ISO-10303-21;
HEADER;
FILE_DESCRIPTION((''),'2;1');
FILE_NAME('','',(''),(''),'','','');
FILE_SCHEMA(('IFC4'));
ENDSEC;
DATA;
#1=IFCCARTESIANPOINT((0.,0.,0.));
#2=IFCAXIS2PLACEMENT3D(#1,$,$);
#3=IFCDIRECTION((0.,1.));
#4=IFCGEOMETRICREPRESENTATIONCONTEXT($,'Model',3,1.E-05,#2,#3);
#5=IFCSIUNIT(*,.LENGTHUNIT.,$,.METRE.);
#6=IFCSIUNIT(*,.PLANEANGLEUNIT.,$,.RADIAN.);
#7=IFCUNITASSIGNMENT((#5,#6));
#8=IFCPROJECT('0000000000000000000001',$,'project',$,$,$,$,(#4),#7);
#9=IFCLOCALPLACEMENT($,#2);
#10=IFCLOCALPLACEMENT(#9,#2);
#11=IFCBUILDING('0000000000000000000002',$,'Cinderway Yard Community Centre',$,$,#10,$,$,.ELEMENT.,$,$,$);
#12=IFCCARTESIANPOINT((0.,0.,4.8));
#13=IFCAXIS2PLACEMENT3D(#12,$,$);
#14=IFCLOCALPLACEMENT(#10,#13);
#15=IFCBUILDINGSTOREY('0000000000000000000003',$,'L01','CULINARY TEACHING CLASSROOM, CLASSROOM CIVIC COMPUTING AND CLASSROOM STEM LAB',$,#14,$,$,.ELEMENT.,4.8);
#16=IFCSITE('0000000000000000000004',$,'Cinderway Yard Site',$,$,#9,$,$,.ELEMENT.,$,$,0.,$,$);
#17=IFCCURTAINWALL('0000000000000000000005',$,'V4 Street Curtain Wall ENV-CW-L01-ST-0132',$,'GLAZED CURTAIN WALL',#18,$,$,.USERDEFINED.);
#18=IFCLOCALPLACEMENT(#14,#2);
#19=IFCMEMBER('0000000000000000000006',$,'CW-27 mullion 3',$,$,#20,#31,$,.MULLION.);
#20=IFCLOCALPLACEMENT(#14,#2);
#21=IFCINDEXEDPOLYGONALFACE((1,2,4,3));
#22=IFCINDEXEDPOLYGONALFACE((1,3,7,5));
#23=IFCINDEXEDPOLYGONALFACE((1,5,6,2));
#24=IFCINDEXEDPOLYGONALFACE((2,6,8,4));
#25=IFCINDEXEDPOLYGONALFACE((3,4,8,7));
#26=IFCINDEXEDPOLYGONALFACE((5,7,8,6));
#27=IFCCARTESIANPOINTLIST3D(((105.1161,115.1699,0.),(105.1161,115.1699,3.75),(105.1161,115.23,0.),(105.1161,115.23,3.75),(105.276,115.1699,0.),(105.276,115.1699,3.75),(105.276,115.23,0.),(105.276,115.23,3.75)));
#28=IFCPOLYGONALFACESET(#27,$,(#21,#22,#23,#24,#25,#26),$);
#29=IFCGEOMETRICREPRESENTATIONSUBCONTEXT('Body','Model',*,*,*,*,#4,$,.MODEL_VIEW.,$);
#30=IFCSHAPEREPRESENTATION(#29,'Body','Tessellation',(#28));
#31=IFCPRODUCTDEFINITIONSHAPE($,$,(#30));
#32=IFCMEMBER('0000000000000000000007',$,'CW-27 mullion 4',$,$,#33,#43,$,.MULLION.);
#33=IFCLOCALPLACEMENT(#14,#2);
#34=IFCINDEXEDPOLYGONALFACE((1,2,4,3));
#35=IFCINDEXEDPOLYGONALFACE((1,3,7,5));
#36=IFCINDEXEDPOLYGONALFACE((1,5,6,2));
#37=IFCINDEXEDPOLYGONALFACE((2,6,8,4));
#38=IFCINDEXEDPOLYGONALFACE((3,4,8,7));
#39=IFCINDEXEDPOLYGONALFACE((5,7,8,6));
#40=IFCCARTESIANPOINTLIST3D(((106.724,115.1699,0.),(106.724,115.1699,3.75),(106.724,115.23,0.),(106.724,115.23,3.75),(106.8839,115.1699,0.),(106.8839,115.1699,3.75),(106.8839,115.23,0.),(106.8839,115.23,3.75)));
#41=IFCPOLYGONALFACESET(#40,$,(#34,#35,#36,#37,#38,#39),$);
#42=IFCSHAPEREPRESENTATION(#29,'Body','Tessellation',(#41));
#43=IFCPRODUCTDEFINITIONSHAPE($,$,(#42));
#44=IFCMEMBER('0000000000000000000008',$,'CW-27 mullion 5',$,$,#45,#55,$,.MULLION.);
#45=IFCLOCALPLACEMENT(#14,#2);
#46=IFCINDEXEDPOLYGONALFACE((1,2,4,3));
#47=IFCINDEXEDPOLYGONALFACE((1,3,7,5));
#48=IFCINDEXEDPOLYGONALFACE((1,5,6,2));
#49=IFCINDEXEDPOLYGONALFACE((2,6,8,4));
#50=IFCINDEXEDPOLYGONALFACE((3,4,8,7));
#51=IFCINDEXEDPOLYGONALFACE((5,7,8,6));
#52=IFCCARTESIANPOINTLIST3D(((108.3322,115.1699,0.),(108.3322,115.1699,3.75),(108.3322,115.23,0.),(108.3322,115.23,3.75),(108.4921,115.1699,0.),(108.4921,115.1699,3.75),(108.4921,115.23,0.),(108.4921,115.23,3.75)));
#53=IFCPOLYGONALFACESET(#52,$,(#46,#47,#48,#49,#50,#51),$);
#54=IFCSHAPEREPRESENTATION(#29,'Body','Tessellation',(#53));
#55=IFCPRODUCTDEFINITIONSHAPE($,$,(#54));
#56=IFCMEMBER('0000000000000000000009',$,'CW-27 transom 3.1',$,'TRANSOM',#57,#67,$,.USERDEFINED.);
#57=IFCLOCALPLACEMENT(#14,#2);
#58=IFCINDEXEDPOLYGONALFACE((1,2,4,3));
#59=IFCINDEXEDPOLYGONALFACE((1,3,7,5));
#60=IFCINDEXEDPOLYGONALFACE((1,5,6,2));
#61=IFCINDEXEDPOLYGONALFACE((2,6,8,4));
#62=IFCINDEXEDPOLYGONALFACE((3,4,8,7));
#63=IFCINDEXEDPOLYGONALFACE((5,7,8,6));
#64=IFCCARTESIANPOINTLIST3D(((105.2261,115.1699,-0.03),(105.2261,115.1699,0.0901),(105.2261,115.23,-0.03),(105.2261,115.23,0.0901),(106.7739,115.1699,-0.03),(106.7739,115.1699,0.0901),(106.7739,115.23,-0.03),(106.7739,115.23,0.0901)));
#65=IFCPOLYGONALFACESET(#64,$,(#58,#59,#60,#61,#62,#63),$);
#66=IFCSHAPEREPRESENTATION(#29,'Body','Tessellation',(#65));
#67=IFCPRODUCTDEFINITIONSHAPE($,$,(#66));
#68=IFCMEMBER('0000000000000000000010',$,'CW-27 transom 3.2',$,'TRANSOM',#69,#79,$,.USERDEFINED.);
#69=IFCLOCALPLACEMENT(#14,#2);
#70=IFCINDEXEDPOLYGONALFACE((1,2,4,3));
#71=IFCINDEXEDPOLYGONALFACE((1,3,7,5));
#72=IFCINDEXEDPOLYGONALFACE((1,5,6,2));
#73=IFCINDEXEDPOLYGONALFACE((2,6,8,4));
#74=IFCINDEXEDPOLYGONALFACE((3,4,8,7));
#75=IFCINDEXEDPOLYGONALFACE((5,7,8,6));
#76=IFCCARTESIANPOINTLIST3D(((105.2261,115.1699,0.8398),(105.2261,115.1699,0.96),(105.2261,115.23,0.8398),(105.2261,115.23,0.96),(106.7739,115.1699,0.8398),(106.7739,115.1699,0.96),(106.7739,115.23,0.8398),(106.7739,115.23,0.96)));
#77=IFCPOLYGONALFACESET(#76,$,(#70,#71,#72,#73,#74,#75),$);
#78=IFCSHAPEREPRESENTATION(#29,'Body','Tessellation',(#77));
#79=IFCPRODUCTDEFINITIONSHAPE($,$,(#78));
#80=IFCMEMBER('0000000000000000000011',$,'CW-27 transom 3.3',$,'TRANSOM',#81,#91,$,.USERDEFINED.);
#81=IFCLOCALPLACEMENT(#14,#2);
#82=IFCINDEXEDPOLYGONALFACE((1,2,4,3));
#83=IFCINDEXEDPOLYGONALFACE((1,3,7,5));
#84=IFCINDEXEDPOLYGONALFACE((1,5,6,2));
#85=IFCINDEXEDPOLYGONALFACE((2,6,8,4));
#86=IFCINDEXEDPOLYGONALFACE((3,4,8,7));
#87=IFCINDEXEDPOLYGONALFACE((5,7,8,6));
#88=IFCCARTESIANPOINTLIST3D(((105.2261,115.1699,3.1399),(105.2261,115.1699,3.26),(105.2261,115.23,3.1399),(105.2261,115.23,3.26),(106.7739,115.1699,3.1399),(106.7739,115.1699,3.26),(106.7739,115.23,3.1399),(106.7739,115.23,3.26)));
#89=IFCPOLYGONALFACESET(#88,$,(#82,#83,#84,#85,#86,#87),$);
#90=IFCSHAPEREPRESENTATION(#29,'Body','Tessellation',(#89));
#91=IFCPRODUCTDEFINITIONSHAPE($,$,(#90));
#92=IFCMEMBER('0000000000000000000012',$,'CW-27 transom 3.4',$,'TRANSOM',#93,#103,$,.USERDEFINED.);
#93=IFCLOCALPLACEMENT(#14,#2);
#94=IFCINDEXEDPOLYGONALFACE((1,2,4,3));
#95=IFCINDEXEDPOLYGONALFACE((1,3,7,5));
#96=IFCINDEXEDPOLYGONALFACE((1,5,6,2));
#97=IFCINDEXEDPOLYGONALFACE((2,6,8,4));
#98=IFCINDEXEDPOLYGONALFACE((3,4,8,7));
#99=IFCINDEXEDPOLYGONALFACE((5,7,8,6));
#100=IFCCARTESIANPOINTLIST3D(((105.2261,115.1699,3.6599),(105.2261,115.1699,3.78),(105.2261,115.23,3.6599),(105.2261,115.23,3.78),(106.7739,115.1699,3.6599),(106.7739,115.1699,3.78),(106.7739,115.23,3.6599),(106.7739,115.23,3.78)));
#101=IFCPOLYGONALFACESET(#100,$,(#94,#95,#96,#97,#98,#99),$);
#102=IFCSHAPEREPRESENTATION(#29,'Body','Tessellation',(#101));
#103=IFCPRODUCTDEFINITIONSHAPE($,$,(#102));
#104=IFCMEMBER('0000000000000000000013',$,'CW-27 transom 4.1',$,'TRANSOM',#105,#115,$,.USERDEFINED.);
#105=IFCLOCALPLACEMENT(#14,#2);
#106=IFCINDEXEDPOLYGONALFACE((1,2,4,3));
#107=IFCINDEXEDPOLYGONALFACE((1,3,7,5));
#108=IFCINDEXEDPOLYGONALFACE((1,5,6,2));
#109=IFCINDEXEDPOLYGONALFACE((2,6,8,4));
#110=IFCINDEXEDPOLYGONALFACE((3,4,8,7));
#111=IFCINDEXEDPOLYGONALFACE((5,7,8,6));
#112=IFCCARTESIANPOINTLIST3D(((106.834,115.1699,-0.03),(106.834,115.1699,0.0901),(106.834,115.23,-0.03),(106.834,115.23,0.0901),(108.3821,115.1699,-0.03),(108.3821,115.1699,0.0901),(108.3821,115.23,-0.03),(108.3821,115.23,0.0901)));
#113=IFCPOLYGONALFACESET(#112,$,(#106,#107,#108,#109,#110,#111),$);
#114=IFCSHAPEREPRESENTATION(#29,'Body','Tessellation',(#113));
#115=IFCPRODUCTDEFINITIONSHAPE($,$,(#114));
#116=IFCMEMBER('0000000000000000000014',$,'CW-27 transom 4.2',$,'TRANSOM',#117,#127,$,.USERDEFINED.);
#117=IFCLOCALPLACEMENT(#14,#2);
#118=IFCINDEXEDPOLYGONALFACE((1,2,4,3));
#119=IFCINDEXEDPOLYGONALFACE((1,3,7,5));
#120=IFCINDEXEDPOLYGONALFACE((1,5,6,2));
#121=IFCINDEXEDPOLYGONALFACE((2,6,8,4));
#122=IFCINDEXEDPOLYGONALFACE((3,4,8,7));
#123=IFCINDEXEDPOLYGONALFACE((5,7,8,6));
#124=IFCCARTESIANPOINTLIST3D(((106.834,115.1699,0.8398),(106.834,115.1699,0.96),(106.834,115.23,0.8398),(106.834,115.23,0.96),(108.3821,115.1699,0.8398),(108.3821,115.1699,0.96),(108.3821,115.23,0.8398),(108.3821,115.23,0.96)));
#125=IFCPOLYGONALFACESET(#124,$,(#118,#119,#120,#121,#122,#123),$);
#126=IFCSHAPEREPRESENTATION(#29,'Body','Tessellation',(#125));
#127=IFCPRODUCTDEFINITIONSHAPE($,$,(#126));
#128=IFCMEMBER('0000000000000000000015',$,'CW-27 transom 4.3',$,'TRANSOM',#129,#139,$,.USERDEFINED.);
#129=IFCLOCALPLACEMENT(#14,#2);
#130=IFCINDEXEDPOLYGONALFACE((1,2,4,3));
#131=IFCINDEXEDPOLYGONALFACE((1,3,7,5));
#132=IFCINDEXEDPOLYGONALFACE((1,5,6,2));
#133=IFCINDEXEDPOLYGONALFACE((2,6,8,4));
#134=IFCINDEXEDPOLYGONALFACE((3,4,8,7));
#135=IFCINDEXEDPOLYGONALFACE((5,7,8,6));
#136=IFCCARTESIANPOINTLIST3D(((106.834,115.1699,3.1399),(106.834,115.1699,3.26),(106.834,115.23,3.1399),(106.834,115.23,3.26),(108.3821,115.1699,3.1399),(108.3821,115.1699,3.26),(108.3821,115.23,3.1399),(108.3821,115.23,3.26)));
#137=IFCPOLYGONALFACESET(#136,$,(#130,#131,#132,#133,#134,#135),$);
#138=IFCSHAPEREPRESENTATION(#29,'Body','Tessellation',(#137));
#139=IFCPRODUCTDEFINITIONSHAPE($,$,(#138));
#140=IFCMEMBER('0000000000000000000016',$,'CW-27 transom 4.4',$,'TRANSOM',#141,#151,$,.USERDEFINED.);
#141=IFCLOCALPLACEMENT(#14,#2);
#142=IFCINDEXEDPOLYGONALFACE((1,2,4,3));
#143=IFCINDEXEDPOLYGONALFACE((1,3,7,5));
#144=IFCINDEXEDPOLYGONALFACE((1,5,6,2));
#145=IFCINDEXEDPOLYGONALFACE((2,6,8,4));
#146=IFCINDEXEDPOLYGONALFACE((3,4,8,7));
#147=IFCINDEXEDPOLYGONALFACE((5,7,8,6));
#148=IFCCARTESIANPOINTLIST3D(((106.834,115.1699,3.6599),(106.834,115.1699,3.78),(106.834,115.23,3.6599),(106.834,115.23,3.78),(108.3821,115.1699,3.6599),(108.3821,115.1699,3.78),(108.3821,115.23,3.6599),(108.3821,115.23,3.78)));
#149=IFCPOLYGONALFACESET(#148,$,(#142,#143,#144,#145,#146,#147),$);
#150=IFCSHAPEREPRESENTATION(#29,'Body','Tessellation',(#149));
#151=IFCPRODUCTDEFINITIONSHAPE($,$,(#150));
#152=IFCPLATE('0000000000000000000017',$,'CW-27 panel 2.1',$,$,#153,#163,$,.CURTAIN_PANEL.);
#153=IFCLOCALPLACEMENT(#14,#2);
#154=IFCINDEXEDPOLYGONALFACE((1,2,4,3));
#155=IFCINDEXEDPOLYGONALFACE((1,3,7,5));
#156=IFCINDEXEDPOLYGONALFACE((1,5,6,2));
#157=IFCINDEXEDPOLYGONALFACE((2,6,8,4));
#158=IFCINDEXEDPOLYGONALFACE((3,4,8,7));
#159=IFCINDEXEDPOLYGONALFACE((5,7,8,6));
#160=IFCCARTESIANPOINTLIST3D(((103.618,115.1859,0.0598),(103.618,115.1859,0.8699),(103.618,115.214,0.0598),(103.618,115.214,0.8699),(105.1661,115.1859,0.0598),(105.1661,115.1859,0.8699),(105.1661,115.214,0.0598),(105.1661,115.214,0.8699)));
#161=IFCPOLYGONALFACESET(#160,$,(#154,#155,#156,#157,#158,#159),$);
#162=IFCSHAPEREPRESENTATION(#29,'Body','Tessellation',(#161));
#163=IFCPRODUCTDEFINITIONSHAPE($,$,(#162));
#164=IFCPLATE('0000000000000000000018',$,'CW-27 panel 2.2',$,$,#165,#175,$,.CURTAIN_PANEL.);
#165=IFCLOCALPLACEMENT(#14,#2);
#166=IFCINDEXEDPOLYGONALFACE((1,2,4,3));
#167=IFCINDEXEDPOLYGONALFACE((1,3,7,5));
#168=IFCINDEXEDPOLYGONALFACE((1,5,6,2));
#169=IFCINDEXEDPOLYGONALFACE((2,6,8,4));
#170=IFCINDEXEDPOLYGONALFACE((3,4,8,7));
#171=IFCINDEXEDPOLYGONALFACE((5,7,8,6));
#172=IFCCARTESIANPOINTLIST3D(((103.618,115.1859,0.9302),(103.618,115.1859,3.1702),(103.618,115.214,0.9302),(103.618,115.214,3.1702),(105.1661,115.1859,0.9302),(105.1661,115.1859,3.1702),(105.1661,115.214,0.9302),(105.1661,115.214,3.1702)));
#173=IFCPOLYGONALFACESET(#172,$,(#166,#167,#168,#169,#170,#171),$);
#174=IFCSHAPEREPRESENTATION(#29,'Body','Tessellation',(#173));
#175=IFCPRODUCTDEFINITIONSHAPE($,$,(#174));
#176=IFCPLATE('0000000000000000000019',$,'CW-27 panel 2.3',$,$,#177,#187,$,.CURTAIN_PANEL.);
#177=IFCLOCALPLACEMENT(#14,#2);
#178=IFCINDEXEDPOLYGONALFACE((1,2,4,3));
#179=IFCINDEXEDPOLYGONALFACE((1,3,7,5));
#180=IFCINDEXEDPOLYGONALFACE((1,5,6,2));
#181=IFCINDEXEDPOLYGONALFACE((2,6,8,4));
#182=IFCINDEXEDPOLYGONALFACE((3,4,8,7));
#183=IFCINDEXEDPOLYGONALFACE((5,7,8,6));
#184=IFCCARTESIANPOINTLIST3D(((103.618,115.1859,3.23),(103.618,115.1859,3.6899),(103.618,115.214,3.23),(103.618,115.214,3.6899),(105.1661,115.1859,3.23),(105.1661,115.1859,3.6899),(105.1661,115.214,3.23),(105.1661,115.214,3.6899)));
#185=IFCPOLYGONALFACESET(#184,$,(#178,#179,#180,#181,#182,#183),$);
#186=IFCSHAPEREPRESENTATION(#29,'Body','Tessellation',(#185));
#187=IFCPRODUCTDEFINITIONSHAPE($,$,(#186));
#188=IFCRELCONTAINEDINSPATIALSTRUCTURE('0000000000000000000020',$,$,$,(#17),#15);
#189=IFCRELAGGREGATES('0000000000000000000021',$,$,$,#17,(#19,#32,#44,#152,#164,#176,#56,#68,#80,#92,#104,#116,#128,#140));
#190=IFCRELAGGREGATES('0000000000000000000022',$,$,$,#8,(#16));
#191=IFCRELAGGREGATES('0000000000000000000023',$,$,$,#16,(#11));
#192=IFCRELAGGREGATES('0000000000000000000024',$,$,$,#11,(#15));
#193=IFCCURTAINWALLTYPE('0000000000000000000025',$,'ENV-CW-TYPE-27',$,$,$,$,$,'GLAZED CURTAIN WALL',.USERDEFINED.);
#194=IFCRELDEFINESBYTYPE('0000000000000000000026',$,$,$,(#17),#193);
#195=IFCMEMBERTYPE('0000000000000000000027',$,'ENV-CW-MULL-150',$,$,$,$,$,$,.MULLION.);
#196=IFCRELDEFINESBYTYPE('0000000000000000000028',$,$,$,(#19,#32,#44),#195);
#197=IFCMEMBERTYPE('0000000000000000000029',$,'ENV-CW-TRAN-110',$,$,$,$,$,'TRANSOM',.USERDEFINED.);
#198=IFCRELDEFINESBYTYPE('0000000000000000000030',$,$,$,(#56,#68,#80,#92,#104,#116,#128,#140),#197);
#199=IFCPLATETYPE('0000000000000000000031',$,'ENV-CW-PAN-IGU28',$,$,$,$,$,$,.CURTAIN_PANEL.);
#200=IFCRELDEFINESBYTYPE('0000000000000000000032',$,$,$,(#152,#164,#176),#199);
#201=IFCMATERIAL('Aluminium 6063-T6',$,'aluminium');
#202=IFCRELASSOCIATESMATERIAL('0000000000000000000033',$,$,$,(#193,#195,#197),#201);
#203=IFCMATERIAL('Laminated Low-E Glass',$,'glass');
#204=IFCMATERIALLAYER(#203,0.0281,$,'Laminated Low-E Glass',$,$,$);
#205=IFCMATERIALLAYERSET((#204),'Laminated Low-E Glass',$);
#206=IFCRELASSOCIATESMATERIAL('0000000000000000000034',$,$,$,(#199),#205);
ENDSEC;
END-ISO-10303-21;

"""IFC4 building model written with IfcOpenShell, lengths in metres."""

from ifc_helpers import new_model, si_unit, direction, frame, origin, origin_2d, place, context, subcontext, project, spatial, rectangle, extrude, material, layer, layer_set, material_profile, profile_set, type_object, element, aggregate, save


model = new_model("IFC4")

# Units and contexts
model_context = context("Model", 3, precision=1e-05, world=origin(), true_north=direction((0.0, 1.0)))
body_context = subcontext(model_context, "Body", "Model", "MODEL_VIEW")
ifc_project = project(units=[si_unit("LENGTHUNIT", "METRE"), si_unit("PLANEANGLEUNIT", "RADIAN")], contexts=[model_context])

# Site, building, storey
site_placement = place(None, origin())
site = spatial("IfcSite", under=ifc_project, at=site_placement, Name="Cinderway Yard Site", CompositionType="ELEMENT", RefElevation=0.0)
building_placement = place(site_placement, origin())
building = spatial("IfcBuilding", under=site, at=building_placement, Name="Cinderway Yard Community Centre", CompositionType="ELEMENT")
storey_placement = place(building_placement, frame((0.0, 0.0, 4.8)))
storey = spatial("IfcBuildingStorey", under=building, at=storey_placement, Name="L01", Description="CULINARY TEACHING CLASSROOM, CLASSROOM CIVIC COMPUTING AND CLASSROOM STEM LAB", CompositionType="ELEMENT", Elevation=4.8)

# Curtain wall, members, plates
ifc_material_1 = material(Name="Aluminium 6063-T6", Category="aluminium")
curtain_wall_type = type_object("IfcCurtainWallType", Name="ENV-CW-TYPE-27", ElementType="GLAZED CURTAIN WALL", PredefinedType="USERDEFINED", material=ifc_material_1)
curtain_wall_placement = place(storey_placement, origin())
curtain_wall = element("IfcCurtainWall", 1, at=curtain_wall_placement, inside=storey, type_object=curtain_wall_type, Name="V4 Street Curtain Wall ENV-CW-L01-ST-0132", ObjectType="GLAZED CURTAIN WALL", PredefinedType="USERDEFINED")
ifc_material_profile_1 = material_profile(ifc_material_1, rectangle(XDim=0.0601, YDim=0.1599, at=origin_2d()), Name="Aluminium 6063-T6")
ifc_profile_set_1 = profile_set([ifc_material_profile_1], Name="Aluminium 6063-T6")
member_type_1 = type_object("IfcMemberType", Name="ENV-CW-MULL-150", PredefinedType="MULLION", material=ifc_profile_set_1)
member_1_placement = place(storey_placement, frame((105.196, 115.2, 0.0), z_axis=(0.0, 0.0, 1.0), x_axis=(0.0, 1.0, 0.0)))
member_1 = element("IfcMember", 2, at=member_1_placement, type_object=member_type_1, Name="CW-27 mullion 3", PredefinedType="MULLION", context=body_context, shape_type="SweptSolid", body=[
    extrude(rectangle(XDim=0.0601, YDim=0.1599, at=origin_2d()), origin(), (0.0, 0.0, 1.0), 3.75),
])
member_2_placement = place(storey_placement, frame((106.804, 115.2, 0.0), z_axis=(0.0, 0.0, 1.0), x_axis=(0.0, 1.0, 0.0)))
member_2 = element("IfcMember", 3, at=member_2_placement, type_object=member_type_1, Name="CW-27 mullion 4", PredefinedType="MULLION", context=body_context, shape_type="SweptSolid", body=[
    extrude(rectangle(XDim=0.0601, YDim=0.1599, at=origin_2d()), origin(), (0.0, 0.0, 1.0), 3.75),
])
member_3_placement = place(storey_placement, frame((108.4121, 115.2, 0.0), z_axis=(0.0, 0.0, 1.0), x_axis=(0.0, 1.0, 0.0)))
member_3 = element("IfcMember", 4, at=member_3_placement, type_object=member_type_1, Name="CW-27 mullion 5", PredefinedType="MULLION", context=body_context, shape_type="SweptSolid", body=[
    extrude(rectangle(XDim=0.0601, YDim=0.1599, at=origin_2d()), origin(), (0.0, 0.0, 1.0), 3.75),
])
ifc_material_profile_2 = material_profile(ifc_material_1, rectangle(XDim=0.0601, YDim=0.1201, at=origin_2d()), Name="Aluminium 6063-T6")
ifc_profile_set_2 = profile_set([ifc_material_profile_2], Name="Aluminium 6063-T6")
member_type_2 = type_object("IfcMemberType", Name="ENV-CW-TRAN-110", ElementType="TRANSOM", PredefinedType="USERDEFINED", material=ifc_profile_set_2)
member_4_placement = place(storey_placement, frame((105.2261, 115.2, 0.03), z_axis=(1.0, 0.0, 0.0), x_axis=(0.0, 1.0, 0.0)))
member_4 = element("IfcMember", 5, at=member_4_placement, type_object=member_type_2, Name="CW-27 transom 3.1", ObjectType="TRANSOM", PredefinedType="USERDEFINED", context=body_context, shape_type="SweptSolid", body=[
    extrude(rectangle(XDim=0.0601, YDim=0.1201, at=origin_2d()), origin(), (0.0, 0.0, 1.0), 1.5479),
])
member_5_placement = place(storey_placement, frame((105.2261, 115.2, 0.8999), z_axis=(1.0, 0.0, 0.0), x_axis=(0.0, 1.0, 0.0)))
member_5 = element("IfcMember", 6, at=member_5_placement, type_object=member_type_2, Name="CW-27 transom 3.2", ObjectType="TRANSOM", PredefinedType="USERDEFINED", context=body_context, shape_type="SweptSolid", body=[
    extrude(rectangle(XDim=0.0601, YDim=0.1201, at=origin_2d()), origin(), (0.0, 0.0, 1.0), 1.5479),
])
member_6_placement = place(storey_placement, frame((105.2261, 115.2, 3.2), z_axis=(1.0, 0.0, 0.0), x_axis=(0.0, 1.0, 0.0)))
member_6 = element("IfcMember", 7, at=member_6_placement, type_object=member_type_2, Name="CW-27 transom 3.3", ObjectType="TRANSOM", PredefinedType="USERDEFINED", context=body_context, shape_type="SweptSolid", body=[
    extrude(rectangle(XDim=0.0601, YDim=0.1201, at=origin_2d()), origin(), (0.0, 0.0, 1.0), 1.5479),
])
member_7_placement = place(storey_placement, frame((105.2261, 115.2, 3.72), z_axis=(1.0, 0.0, 0.0), x_axis=(0.0, 1.0, 0.0)))
member_7 = element("IfcMember", 8, at=member_7_placement, type_object=member_type_2, Name="CW-27 transom 3.4", ObjectType="TRANSOM", PredefinedType="USERDEFINED", context=body_context, shape_type="SweptSolid", body=[
    extrude(rectangle(XDim=0.0601, YDim=0.1201, at=origin_2d()), origin(), (0.0, 0.0, 1.0), 1.5479),
])
member_8_placement = place(storey_placement, frame((106.834, 115.2, 0.03), z_axis=(1.0, 0.0, 0.0), x_axis=(0.0, 1.0, 0.0)))
member_8 = element("IfcMember", 9, at=member_8_placement, type_object=member_type_2, Name="CW-27 transom 4.1", ObjectType="TRANSOM", PredefinedType="USERDEFINED", context=body_context, shape_type="SweptSolid", body=[
    extrude(rectangle(XDim=0.0601, YDim=0.1201, at=origin_2d()), origin(), (0.0, 0.0, 1.0), 1.5481),
])
member_9_placement = place(storey_placement, frame((106.834, 115.2, 0.8999), z_axis=(1.0, 0.0, 0.0), x_axis=(0.0, 1.0, 0.0)))
member_9 = element("IfcMember", 10, at=member_9_placement, type_object=member_type_2, Name="CW-27 transom 4.2", ObjectType="TRANSOM", PredefinedType="USERDEFINED", context=body_context, shape_type="SweptSolid", body=[
    extrude(rectangle(XDim=0.0601, YDim=0.1201, at=origin_2d()), origin(), (0.0, 0.0, 1.0), 1.5481),
])
member_10_placement = place(storey_placement, frame((106.834, 115.2, 3.2), z_axis=(1.0, 0.0, 0.0), x_axis=(0.0, 1.0, 0.0)))
member_10 = element("IfcMember", 11, at=member_10_placement, type_object=member_type_2, Name="CW-27 transom 4.3", ObjectType="TRANSOM", PredefinedType="USERDEFINED", context=body_context, shape_type="SweptSolid", body=[
    extrude(rectangle(XDim=0.0601, YDim=0.1201, at=origin_2d()), origin(), (0.0, 0.0, 1.0), 1.5481),
])
member_11_placement = place(storey_placement, frame((106.834, 115.2, 3.72), z_axis=(1.0, 0.0, 0.0), x_axis=(0.0, 1.0, 0.0)))
member_11 = element("IfcMember", 12, at=member_11_placement, type_object=member_type_2, Name="CW-27 transom 4.4", ObjectType="TRANSOM", PredefinedType="USERDEFINED", context=body_context, shape_type="SweptSolid", body=[
    extrude(rectangle(XDim=0.0601, YDim=0.1201, at=origin_2d()), origin(), (0.0, 0.0, 1.0), 1.5481),
])
ifc_material_2 = material(Name="Laminated Low-E Glass", Category="glass")
ifc_layer_1 = layer(ifc_material_2, 0.0281, Name="Laminated Low-E Glass")
ifc_layer_set_1 = layer_set([ifc_layer_1], Name="Laminated Low-E Glass")
plate_type = type_object("IfcPlateType", Name="ENV-CW-PAN-IGU28", PredefinedType="CURTAIN_PANEL", material=ifc_layer_set_1)
plate_1_placement = place(storey_placement, frame((104.3921, 115.2, 0.0598), z_axis=(0.0, 0.0, 1.0), x_axis=(1.0, 0.0, 0.0)))
plate_1 = element("IfcPlate", 13, at=plate_1_placement, type_object=plate_type, Name="CW-27 panel 2.1", PredefinedType="CURTAIN_PANEL", context=body_context, shape_type="SweptSolid", body=[
    extrude(rectangle(XDim=1.5481, YDim=0.0281, at=origin_2d()), origin(), (0.0, 0.0, 1.0), 0.8101),
])
plate_2_placement = place(storey_placement, frame((104.3921, 115.2, 0.9302), z_axis=(0.0, 0.0, 1.0), x_axis=(1.0, 0.0, 0.0)))
plate_2 = element("IfcPlate", 14, at=plate_2_placement, type_object=plate_type, Name="CW-27 panel 2.2", PredefinedType="CURTAIN_PANEL", context=body_context, shape_type="SweptSolid", body=[
    extrude(rectangle(XDim=1.5481, YDim=0.0281, at=origin_2d()), origin(), (0.0, 0.0, 1.0), 2.24),
])
plate_3_placement = place(storey_placement, frame((104.3921, 115.2, 3.23), z_axis=(0.0, 0.0, 1.0), x_axis=(1.0, 0.0, 0.0)))
plate_3 = element("IfcPlate", 15, at=plate_3_placement, type_object=plate_type, Name="CW-27 panel 2.3", PredefinedType="CURTAIN_PANEL", context=body_context, shape_type="SweptSolid", body=[
    extrude(rectangle(XDim=1.5481, YDim=0.0281, at=origin_2d()), origin(), (0.0, 0.0, 1.0), 0.46),
])
aggregate(curtain_wall, [member_1, member_2, member_3, plate_1, plate_2, plate_3, member_4, member_5, member_6, member_7, member_8, member_9, member_10, member_11])

save(model, "model.ifc")
